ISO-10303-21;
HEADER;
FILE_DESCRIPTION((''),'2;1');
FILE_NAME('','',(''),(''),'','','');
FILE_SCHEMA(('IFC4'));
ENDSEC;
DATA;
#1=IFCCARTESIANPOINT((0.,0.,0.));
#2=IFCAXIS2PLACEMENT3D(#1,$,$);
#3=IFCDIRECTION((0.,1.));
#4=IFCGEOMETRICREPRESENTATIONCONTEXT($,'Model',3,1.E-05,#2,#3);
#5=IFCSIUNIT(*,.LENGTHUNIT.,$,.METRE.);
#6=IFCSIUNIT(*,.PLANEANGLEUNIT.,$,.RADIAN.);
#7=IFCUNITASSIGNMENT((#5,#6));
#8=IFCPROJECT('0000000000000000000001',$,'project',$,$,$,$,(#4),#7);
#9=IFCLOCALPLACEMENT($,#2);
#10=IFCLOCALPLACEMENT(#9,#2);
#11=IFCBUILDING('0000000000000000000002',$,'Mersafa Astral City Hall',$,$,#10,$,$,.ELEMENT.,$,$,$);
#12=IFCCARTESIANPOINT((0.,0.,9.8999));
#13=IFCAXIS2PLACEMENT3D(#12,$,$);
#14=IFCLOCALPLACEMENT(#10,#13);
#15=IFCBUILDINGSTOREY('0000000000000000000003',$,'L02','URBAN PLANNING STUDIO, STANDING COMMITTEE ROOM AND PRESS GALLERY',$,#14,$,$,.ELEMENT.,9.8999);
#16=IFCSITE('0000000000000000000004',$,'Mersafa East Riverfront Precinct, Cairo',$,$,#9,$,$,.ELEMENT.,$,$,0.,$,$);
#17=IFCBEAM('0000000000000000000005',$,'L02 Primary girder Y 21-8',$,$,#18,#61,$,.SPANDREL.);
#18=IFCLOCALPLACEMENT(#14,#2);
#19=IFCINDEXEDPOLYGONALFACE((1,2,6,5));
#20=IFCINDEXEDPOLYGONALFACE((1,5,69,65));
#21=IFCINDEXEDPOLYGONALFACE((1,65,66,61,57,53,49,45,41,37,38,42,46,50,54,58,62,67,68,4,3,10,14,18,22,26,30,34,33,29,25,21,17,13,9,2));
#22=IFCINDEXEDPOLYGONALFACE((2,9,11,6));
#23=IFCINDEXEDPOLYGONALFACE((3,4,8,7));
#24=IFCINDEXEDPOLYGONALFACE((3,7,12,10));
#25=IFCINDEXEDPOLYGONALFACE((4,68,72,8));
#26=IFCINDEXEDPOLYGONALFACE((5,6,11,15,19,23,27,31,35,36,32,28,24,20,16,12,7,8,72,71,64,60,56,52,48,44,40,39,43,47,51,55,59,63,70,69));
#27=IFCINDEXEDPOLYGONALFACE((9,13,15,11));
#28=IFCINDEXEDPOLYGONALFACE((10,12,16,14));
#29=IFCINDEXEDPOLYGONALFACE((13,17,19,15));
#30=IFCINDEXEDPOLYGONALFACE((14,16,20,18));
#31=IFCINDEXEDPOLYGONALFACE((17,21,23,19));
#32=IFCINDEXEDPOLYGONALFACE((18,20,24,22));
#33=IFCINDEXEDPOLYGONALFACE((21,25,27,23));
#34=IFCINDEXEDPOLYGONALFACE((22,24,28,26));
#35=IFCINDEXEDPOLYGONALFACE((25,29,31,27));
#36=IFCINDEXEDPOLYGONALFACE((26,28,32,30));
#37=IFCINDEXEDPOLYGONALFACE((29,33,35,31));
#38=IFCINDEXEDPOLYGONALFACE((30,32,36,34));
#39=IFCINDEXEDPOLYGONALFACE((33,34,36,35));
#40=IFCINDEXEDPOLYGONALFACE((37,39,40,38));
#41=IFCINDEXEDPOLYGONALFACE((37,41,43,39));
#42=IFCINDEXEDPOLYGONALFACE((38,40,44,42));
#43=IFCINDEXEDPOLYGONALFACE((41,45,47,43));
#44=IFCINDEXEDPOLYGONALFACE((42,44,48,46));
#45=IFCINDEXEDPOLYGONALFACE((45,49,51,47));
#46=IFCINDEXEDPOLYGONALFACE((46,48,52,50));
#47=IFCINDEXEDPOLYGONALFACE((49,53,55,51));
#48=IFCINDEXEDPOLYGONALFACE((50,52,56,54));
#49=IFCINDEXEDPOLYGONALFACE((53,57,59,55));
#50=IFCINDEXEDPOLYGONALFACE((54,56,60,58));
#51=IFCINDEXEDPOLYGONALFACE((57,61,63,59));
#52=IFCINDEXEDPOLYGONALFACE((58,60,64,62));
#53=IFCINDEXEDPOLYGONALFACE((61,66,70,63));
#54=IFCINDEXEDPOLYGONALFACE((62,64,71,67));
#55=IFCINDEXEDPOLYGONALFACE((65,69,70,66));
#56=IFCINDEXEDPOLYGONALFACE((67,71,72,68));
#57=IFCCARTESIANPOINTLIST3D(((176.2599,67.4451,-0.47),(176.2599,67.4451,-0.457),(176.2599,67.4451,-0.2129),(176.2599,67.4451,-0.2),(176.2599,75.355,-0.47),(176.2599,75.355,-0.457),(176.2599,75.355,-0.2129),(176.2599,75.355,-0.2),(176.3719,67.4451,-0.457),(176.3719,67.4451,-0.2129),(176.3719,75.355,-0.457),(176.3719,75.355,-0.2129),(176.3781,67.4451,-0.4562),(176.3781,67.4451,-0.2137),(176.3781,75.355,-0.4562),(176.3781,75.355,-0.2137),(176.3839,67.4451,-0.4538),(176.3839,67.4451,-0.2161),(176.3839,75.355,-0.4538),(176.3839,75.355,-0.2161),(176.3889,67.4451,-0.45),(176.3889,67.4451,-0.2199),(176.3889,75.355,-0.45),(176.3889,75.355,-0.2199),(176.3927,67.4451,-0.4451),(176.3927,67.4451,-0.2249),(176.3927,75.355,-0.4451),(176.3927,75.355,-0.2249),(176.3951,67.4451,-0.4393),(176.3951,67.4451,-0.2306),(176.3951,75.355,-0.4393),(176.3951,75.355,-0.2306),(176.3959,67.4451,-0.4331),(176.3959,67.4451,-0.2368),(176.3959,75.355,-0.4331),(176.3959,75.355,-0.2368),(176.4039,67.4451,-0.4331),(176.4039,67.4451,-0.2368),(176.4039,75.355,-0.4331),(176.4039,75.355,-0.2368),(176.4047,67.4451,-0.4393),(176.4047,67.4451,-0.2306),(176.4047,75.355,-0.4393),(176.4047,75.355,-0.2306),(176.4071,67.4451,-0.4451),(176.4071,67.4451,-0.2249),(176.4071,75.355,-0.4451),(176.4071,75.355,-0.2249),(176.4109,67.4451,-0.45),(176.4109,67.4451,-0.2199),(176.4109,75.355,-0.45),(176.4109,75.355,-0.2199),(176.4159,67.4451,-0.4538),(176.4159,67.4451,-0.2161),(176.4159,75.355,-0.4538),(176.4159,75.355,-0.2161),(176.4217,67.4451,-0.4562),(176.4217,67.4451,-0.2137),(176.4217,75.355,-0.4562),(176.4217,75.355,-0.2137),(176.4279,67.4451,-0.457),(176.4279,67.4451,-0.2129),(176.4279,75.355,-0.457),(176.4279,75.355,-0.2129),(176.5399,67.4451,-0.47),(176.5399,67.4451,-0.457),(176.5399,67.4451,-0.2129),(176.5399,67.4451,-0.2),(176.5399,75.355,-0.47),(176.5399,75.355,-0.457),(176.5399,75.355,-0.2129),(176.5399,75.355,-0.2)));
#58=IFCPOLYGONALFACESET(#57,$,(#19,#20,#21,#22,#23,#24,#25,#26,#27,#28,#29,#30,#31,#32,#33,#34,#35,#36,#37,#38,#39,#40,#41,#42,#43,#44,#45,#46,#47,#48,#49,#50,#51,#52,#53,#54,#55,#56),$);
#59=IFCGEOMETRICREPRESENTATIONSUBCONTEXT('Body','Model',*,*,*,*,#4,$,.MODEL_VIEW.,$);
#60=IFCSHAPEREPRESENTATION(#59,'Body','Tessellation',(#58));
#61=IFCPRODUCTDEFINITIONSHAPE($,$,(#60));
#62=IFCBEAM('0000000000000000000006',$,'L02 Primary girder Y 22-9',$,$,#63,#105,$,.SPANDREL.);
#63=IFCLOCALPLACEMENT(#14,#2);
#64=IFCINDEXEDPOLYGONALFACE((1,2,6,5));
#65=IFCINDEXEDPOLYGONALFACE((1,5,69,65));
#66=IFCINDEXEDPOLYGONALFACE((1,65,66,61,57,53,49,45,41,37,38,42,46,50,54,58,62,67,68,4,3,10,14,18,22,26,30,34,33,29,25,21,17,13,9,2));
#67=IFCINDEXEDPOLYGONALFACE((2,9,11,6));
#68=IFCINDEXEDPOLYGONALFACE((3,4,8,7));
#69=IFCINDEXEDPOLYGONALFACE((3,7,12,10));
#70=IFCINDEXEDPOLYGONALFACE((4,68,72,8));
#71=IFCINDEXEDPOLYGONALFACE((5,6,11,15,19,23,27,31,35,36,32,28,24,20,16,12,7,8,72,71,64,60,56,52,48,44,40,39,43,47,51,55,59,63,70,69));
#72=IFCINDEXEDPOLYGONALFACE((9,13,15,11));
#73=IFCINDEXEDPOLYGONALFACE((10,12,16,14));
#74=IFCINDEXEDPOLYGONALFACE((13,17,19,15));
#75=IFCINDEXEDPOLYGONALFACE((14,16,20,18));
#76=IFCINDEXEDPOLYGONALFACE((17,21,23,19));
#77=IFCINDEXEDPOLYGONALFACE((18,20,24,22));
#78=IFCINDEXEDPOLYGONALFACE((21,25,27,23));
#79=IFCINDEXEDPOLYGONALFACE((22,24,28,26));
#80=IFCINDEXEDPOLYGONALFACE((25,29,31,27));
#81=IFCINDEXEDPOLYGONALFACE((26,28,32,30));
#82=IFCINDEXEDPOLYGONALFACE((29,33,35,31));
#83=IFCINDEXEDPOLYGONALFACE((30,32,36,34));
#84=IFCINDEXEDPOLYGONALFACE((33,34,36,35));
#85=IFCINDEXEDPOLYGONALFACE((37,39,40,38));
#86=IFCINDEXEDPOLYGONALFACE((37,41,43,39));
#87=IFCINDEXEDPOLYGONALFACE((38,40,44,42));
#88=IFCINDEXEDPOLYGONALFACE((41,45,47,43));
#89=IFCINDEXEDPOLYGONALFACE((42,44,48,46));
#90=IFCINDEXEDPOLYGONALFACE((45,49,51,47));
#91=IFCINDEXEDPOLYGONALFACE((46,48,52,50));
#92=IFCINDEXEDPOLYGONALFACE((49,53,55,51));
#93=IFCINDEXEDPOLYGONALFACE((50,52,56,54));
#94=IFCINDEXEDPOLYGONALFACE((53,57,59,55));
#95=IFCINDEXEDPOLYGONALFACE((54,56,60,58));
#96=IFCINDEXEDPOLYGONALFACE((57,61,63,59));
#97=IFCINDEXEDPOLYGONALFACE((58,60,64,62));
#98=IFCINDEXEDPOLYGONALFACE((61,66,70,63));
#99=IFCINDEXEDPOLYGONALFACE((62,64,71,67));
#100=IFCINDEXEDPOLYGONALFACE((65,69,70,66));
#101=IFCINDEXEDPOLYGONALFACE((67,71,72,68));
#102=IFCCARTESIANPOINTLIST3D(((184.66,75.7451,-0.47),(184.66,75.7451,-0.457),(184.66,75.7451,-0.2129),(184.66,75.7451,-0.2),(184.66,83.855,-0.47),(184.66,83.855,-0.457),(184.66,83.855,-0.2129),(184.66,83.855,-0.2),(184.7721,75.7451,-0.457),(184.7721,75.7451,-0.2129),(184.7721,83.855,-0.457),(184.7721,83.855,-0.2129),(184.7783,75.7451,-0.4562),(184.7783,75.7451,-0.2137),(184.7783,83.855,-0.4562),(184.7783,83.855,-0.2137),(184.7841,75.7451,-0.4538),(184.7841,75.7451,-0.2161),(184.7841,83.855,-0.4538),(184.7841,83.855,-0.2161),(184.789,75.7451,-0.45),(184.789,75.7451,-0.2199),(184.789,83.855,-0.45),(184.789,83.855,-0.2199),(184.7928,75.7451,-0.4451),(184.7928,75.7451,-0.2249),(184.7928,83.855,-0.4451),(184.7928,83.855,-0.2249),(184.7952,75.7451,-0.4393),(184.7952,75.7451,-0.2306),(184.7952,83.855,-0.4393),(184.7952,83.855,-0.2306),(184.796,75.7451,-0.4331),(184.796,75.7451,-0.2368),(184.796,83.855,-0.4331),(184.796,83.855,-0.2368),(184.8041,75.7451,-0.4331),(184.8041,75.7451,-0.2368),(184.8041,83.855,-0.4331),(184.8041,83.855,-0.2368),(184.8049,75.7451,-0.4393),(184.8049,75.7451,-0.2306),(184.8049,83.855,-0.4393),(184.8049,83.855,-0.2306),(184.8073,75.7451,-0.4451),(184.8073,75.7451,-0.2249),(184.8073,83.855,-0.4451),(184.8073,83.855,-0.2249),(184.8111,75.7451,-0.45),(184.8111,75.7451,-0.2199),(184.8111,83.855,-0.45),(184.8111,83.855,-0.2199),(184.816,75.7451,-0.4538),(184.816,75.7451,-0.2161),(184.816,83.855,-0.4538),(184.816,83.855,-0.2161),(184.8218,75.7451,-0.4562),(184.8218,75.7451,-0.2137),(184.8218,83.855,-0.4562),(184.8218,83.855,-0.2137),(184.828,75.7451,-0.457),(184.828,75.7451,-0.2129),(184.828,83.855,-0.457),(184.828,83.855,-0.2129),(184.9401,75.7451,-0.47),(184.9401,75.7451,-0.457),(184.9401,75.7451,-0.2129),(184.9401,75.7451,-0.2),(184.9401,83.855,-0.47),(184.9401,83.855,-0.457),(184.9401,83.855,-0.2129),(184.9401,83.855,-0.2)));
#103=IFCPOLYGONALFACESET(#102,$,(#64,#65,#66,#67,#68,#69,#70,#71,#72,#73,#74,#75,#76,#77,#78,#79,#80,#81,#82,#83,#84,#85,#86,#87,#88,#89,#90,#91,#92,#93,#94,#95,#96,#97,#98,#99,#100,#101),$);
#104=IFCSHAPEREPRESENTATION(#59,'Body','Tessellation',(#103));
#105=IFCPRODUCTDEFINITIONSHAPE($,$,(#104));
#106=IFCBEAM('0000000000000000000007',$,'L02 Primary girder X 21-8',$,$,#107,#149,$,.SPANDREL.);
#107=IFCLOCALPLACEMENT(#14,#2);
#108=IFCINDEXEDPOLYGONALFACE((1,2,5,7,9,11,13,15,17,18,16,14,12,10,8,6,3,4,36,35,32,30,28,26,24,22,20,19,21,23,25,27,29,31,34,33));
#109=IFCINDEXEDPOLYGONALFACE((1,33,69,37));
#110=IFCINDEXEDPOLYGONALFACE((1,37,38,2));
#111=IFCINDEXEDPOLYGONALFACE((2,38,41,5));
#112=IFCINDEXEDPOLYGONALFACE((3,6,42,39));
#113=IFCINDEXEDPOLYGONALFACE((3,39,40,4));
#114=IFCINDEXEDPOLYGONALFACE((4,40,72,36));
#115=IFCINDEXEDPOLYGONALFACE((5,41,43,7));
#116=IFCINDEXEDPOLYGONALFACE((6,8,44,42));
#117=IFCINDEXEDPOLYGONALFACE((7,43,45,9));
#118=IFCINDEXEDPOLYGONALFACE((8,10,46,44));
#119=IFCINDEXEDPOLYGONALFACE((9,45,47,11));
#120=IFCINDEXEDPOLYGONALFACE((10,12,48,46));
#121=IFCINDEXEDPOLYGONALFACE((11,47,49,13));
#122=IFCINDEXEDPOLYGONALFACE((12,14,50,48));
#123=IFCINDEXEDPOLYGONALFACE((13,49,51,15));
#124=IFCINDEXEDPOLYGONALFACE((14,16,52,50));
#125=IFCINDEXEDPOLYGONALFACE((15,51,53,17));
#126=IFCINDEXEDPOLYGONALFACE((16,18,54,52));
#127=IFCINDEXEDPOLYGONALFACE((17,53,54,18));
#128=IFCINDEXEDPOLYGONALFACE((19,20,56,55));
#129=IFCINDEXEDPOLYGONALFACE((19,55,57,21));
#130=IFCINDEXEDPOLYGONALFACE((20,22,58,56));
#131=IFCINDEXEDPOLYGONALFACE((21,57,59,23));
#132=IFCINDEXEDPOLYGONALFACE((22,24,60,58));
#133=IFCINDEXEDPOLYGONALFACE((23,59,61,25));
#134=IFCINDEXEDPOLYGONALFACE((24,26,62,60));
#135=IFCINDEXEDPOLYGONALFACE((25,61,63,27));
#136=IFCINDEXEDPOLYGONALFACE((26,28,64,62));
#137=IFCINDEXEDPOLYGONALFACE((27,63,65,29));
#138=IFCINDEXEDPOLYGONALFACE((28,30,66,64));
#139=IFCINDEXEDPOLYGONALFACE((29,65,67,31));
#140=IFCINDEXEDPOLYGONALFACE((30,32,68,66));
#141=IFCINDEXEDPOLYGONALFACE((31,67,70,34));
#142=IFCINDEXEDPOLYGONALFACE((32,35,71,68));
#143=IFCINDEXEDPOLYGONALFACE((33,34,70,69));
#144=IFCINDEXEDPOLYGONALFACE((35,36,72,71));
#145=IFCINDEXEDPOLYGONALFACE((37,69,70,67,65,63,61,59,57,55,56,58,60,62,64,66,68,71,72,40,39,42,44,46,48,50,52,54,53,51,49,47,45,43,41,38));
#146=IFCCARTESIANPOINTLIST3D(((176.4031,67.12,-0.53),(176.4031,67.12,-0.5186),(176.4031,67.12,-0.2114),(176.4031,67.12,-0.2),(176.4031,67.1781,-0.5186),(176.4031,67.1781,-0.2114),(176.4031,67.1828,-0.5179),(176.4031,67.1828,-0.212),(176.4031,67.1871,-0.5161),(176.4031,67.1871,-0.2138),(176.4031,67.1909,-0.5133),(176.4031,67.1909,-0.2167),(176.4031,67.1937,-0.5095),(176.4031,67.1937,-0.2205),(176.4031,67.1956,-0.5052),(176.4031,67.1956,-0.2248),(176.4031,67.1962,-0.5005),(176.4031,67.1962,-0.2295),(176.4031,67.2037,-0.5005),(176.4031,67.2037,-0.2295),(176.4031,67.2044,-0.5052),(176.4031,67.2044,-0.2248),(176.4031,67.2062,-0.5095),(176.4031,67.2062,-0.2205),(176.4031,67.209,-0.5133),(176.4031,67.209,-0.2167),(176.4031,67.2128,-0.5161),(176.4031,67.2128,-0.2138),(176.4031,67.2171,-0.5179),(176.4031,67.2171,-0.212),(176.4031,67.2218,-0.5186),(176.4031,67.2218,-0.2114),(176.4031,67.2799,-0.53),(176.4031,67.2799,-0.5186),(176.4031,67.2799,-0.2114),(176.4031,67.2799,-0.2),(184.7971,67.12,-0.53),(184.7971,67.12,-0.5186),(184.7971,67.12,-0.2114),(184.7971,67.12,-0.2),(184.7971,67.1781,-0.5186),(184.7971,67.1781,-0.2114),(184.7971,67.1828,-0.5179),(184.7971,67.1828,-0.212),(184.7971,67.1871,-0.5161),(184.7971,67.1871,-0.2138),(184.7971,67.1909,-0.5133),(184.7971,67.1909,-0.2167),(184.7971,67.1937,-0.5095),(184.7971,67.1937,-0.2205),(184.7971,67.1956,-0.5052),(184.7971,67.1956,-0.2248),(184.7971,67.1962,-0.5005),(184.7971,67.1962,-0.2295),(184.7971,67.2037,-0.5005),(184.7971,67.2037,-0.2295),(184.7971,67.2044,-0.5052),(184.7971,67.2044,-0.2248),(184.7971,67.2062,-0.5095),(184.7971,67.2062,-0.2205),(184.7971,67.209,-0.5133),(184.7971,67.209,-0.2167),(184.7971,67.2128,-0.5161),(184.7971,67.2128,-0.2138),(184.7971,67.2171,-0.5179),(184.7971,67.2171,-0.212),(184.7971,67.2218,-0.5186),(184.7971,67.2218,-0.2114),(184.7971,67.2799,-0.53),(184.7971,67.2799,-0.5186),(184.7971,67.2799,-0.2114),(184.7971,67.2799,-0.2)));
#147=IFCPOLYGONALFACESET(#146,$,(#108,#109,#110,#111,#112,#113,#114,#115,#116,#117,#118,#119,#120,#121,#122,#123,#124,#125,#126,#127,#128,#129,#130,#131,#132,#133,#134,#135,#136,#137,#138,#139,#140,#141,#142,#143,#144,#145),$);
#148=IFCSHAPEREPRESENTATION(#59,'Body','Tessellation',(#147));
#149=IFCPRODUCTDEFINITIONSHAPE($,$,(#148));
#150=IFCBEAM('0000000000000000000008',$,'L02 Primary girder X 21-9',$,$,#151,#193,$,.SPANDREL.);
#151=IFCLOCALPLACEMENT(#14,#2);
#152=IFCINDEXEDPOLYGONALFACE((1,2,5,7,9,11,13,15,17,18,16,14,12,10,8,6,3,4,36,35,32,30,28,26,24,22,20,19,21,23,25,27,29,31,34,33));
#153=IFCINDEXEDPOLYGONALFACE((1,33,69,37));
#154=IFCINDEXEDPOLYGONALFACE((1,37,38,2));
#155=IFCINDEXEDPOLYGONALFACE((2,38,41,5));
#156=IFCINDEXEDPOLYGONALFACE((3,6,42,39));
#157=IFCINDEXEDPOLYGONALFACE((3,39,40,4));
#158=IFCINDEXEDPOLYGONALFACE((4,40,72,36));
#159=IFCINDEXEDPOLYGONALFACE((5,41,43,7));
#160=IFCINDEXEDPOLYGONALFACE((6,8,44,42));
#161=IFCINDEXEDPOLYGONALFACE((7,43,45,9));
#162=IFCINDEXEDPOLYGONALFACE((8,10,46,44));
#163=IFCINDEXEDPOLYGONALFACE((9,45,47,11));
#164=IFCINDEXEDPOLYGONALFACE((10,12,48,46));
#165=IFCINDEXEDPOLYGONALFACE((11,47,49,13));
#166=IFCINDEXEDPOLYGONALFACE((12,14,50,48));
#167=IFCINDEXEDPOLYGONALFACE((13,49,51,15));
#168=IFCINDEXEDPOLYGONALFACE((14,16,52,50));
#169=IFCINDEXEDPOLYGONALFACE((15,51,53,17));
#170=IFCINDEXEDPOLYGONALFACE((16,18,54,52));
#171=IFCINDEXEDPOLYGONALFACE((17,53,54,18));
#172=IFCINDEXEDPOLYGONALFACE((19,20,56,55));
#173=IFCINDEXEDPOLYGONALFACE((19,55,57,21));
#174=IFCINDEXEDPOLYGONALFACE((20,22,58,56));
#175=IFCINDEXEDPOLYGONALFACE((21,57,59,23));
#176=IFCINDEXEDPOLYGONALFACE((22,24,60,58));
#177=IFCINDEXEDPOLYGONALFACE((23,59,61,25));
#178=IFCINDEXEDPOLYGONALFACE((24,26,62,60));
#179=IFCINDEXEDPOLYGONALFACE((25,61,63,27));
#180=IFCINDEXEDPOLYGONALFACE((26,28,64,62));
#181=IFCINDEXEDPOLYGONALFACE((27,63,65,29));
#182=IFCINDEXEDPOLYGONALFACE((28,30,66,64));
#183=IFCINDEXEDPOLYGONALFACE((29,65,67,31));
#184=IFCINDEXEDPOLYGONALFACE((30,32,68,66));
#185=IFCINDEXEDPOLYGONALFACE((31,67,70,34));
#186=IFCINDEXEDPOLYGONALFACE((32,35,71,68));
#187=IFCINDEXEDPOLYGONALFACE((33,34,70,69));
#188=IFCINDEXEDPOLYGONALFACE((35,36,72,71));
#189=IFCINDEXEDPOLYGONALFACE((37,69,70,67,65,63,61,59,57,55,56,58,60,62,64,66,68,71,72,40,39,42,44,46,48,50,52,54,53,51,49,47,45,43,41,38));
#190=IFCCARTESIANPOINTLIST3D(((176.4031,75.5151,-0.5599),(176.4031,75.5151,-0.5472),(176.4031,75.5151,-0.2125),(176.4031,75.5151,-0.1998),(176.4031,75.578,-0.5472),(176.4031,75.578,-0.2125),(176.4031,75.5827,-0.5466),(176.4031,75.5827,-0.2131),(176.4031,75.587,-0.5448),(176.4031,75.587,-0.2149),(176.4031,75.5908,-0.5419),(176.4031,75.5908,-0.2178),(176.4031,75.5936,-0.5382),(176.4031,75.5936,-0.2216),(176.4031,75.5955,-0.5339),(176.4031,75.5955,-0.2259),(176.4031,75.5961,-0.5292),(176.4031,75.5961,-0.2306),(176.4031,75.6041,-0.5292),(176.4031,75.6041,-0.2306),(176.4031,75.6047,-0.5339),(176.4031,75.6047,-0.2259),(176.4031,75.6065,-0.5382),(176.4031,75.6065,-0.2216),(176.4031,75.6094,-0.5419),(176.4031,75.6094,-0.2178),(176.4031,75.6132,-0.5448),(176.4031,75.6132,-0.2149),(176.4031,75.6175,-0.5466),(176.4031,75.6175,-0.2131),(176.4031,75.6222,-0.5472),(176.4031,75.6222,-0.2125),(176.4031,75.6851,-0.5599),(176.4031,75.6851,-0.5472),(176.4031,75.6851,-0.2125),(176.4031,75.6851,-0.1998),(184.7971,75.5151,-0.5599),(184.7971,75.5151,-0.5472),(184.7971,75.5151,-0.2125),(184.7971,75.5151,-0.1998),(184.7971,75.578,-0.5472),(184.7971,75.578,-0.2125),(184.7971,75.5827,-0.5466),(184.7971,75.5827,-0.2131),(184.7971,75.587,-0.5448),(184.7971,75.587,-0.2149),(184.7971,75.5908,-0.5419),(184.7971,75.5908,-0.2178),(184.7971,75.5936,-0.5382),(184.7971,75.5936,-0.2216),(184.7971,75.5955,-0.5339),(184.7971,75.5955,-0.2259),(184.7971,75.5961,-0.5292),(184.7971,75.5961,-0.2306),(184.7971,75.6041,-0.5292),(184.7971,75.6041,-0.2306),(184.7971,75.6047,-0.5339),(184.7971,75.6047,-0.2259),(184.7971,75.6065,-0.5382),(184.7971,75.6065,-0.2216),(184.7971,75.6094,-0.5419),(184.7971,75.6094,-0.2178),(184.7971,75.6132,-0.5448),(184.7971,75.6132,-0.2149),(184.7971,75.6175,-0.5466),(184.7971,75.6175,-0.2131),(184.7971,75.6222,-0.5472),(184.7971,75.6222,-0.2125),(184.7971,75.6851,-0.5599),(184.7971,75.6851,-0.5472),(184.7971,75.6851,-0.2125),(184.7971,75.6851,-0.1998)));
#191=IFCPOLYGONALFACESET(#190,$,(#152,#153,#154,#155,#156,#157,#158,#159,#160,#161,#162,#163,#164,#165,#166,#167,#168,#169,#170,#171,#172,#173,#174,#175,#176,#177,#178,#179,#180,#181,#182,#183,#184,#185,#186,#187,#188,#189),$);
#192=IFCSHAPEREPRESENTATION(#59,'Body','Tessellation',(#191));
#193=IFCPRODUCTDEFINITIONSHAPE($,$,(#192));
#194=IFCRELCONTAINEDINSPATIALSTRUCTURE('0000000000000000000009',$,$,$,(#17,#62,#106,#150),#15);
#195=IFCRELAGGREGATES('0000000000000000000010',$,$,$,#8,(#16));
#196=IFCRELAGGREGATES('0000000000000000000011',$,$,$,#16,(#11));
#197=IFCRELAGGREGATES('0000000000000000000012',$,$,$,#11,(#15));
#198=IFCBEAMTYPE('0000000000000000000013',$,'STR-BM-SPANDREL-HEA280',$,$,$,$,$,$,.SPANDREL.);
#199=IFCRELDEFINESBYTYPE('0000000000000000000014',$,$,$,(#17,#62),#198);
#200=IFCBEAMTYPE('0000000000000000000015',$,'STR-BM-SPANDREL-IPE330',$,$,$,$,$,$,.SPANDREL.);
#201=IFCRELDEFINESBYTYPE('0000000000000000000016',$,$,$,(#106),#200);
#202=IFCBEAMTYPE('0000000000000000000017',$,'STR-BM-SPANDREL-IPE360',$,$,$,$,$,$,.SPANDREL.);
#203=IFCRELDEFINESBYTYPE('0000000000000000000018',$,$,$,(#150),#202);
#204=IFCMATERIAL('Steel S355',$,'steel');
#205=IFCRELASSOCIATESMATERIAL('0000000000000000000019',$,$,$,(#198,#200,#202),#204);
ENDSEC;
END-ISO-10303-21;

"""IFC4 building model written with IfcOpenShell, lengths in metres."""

from ifc_helpers import new_model, si_unit, direction, frame, origin, origin_2d, place, context, subcontext, project, spatial, i_section, extrude, material, material_profile, profile_set, type_object, element, save


model = new_model("IFC4")

# Units and contexts
model_context = context("Model", 3, precision=1e-05, world=origin(), true_north=direction((0.0, 1.0)))
body_context = subcontext(model_context, "Body", "Model", "MODEL_VIEW")
ifc_project = project(units=[si_unit("LENGTHUNIT", "METRE"), si_unit("PLANEANGLEUNIT", "RADIAN")], contexts=[model_context])

# Site, building, storey
site_placement = place(None, origin())
site = spatial("IfcSite", under=ifc_project, at=site_placement, Name="Mersafa East Riverfront Precinct, Cairo", CompositionType="ELEMENT", RefElevation=0.0)
building_placement = place(site_placement, origin())
building = spatial("IfcBuilding", under=site, at=building_placement, Name="Mersafa Astral City Hall", CompositionType="ELEMENT")
storey_placement = place(building_placement, frame((0.0, 0.0, 9.8999)))
storey = spatial("IfcBuildingStorey", under=building, at=storey_placement, Name="L02", Description="URBAN PLANNING STUDIO, STANDING COMMITTEE ROOM AND PRESS GALLERY", CompositionType="ELEMENT", Elevation=9.8999)

# Shared definitions
ifc_material_1 = material(Name="Steel S355", Category="steel")

# Beams
ifc_material_profile_1 = material_profile(ifc_material_1, i_section(OverallWidth=0.28, OverallDepth=0.27, WebThickness=0.0081, FlangeThickness=0.0129, FilletRadius=0.0239, at=origin_2d()), Name="HEA 280")
ifc_profile_set_1 = profile_set([ifc_material_profile_1], Name="Steel S355")
beam_type_1 = type_object("IfcBeamType", Name="STR-BM-SPANDREL-HEA280", PredefinedType="SPANDREL", material=ifc_profile_set_1)
beam_1_placement = place(storey_placement, frame((176.3999, 67.4451, -0.335), z_axis=(0.0, 1.0, 0.0), x_axis=(-1.0, 0.0, 0.0)))
element("IfcBeam", 1, at=beam_1_placement, inside=storey, type_object=beam_type_1, Name="L02 Primary girder Y 21-8", PredefinedType="SPANDREL", context=body_context, shape_type="SweptSolid", body=[
    extrude(i_section(OverallWidth=0.28, OverallDepth=0.27, WebThickness=0.0081, FlangeThickness=0.0129, FilletRadius=0.0239, at=origin_2d()), origin(), (0.0, 0.0, 1.0), 7.9099),
])
beam_2_placement = place(storey_placement, frame((184.8, 75.7451, -0.335), z_axis=(0.0, 1.0, 0.0), x_axis=(-1.0, 0.0, 0.0)))
element("IfcBeam", 2, at=beam_2_placement, inside=storey, type_object=beam_type_1, Name="L02 Primary girder Y 22-9", PredefinedType="SPANDREL", context=body_context, shape_type="SweptSolid", body=[
    extrude(i_section(OverallWidth=0.28, OverallDepth=0.27, WebThickness=0.0081, FlangeThickness=0.0129, FilletRadius=0.0239, at=origin_2d()), origin(), (0.0, 0.0, 1.0), 8.1099),
])
ifc_material_profile_2 = material_profile(ifc_material_1, i_section(OverallWidth=0.1599, OverallDepth=0.3301, WebThickness=0.0076, FlangeThickness=0.0115, FilletRadius=0.0181, at=origin_2d()), Name="IPE 330")
ifc_profile_set_2 = profile_set([ifc_material_profile_2], Name="Steel S355")
beam_type_2 = type_object("IfcBeamType", Name="STR-BM-SPANDREL-IPE330", PredefinedType="SPANDREL", material=ifc_profile_set_2)
beam_3_placement = place(storey_placement, frame((176.4031, 67.2, -0.365), z_axis=(1.0, 0.0, 0.0), x_axis=(0.0, 1.0, 0.0)))
element("IfcBeam", 3, at=beam_3_placement, inside=storey, type_object=beam_type_2, Name="L02 Primary girder X 21-8", PredefinedType="SPANDREL", context=body_context, shape_type="SweptSolid", body=[
    extrude(i_section(OverallWidth=0.1599, OverallDepth=0.3301, WebThickness=0.0076, FlangeThickness=0.0115, FilletRadius=0.0181, at=origin_2d()), origin(), (0.0, 0.0, 1.0), 8.394),
])
ifc_material_profile_3 = material_profile(ifc_material_1, i_section(OverallWidth=0.1699, OverallDepth=0.3601, WebThickness=0.0081, FlangeThickness=0.0127, FilletRadius=0.0181, at=origin_2d()), Name="IPE 360")
ifc_profile_set_3 = profile_set([ifc_material_profile_3], Name="Steel S355")
beam_type_3 = type_object("IfcBeamType", Name="STR-BM-SPANDREL-IPE360", PredefinedType="SPANDREL", material=ifc_profile_set_3)
beam_4_placement = place(storey_placement, frame((176.4031, 75.6001, -0.3799), z_axis=(1.0, 0.0, 0.0), x_axis=(0.0, 1.0, 0.0)))
element("IfcBeam", 4, at=beam_4_placement, inside=storey, type_object=beam_type_3, Name="L02 Primary girder X 21-9", PredefinedType="SPANDREL", context=body_context, shape_type="SweptSolid", body=[
    extrude(i_section(OverallWidth=0.1699, OverallDepth=0.3601, WebThickness=0.0081, FlangeThickness=0.0127, FilletRadius=0.0181, at=origin_2d()), origin(), (0.0, 0.0, 1.0), 8.394),
])

save(model, "model.ifc")
